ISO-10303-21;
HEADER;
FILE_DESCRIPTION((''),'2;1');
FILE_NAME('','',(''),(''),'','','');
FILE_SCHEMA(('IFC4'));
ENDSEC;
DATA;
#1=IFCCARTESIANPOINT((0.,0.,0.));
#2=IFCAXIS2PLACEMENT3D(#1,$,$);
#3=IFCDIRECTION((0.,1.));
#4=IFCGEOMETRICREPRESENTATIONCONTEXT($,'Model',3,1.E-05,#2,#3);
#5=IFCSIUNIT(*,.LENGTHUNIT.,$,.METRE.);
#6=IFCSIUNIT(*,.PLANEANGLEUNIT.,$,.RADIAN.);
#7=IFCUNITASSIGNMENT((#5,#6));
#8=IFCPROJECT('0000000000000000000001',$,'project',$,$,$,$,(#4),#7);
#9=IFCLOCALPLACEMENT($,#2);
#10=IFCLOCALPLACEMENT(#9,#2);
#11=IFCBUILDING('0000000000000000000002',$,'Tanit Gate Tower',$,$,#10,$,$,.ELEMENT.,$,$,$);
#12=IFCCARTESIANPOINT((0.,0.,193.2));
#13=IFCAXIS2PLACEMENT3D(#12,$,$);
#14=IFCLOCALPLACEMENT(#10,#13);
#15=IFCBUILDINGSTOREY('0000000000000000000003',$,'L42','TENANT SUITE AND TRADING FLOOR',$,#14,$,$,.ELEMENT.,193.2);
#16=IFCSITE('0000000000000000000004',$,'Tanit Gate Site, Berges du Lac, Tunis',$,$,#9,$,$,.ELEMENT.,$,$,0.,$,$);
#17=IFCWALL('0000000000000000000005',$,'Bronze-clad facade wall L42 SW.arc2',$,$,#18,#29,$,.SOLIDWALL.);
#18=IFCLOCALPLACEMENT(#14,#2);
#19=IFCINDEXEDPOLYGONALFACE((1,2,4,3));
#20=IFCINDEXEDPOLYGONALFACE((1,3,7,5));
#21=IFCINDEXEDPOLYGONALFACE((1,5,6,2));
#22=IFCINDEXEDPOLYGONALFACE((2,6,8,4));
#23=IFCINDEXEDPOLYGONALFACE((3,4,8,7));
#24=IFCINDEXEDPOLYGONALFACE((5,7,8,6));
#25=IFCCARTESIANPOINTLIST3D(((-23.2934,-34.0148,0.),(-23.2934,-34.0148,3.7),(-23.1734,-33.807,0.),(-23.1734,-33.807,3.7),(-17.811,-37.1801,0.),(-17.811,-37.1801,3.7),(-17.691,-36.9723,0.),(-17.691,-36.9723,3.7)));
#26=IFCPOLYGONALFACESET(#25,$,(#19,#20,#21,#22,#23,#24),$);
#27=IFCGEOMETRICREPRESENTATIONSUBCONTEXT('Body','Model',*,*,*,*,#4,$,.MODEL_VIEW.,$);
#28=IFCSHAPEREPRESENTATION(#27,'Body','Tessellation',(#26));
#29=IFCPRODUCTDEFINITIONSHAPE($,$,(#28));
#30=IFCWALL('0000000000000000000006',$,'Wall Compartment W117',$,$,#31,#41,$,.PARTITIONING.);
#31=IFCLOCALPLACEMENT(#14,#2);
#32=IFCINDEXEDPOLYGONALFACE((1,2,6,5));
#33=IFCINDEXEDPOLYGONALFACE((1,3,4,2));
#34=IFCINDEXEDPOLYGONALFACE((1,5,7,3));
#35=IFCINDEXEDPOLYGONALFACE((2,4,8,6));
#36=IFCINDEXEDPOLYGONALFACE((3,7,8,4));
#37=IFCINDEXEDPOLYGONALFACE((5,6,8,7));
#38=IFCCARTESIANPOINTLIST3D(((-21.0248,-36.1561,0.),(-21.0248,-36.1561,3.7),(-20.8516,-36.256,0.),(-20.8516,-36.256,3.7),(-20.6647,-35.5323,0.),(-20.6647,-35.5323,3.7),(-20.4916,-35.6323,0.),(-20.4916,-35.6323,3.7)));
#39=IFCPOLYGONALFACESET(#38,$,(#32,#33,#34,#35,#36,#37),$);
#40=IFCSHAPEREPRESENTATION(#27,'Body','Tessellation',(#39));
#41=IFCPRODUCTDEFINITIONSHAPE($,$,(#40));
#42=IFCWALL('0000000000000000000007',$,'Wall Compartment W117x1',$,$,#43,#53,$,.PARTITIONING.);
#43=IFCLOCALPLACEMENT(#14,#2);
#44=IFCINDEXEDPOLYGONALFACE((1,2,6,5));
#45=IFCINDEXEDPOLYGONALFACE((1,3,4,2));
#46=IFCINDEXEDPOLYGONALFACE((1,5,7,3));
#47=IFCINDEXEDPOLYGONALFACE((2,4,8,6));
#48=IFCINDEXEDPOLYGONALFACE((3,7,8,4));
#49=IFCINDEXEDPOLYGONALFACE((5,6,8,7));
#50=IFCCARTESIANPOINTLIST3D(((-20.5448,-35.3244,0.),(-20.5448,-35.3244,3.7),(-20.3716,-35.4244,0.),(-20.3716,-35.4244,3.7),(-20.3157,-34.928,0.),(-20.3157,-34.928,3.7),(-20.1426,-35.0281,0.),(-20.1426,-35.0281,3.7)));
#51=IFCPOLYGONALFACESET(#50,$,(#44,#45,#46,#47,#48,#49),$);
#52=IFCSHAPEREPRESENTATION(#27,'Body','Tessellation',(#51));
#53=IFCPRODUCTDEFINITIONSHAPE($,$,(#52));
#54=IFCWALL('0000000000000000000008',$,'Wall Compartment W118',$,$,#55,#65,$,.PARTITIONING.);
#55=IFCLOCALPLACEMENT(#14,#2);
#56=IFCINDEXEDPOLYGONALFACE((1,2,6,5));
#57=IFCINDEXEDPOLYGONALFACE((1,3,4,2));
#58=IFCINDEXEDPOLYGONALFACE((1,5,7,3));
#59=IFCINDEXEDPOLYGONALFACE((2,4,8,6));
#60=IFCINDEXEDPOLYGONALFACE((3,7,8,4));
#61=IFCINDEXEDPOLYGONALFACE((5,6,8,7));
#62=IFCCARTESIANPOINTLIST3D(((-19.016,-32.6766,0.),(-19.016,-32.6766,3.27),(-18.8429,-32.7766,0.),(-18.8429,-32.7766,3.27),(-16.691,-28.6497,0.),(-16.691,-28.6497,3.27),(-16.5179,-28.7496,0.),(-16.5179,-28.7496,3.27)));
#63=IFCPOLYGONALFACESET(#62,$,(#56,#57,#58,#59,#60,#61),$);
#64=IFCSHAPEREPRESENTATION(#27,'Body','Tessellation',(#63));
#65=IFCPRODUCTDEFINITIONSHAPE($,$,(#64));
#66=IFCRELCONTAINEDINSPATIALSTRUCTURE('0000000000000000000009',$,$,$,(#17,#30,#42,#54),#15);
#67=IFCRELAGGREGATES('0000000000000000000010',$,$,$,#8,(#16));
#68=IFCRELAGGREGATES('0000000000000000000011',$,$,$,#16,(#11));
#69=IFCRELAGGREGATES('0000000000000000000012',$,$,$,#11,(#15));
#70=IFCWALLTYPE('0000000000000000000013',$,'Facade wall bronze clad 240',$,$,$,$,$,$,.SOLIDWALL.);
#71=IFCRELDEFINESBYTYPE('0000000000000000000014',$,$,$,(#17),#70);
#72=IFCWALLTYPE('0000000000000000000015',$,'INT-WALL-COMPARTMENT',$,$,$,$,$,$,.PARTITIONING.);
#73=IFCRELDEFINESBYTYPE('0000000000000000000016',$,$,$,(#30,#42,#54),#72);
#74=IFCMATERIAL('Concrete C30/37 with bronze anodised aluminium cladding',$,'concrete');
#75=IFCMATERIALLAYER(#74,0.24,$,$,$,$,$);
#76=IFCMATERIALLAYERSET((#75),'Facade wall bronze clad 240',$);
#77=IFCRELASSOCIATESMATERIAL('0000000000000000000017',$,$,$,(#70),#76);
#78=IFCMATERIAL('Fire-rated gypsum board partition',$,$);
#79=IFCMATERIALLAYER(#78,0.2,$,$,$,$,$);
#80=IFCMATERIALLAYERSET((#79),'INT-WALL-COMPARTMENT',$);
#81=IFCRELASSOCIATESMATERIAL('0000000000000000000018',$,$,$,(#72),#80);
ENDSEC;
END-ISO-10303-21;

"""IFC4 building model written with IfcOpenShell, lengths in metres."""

from ifc_helpers import new_model, si_unit, direction, frame, frame_2d, origin, place, context, subcontext, project, spatial, rectangle, extrude, material, layer, layer_set, type_object, element, save


model = new_model("IFC4")

# Units and contexts
model_context = context("Model", 3, precision=1e-05, world=origin(), true_north=direction((0.0, 1.0)))
body_context = subcontext(model_context, "Body", "Model", "MODEL_VIEW")
ifc_project = project(units=[si_unit("LENGTHUNIT", "METRE"), si_unit("PLANEANGLEUNIT", "RADIAN")], contexts=[model_context])

# Site, building, storey
site_placement = place(None, origin())
site = spatial("IfcSite", under=ifc_project, at=site_placement, Name="Tanit Gate Site, Berges du Lac, Tunis", CompositionType="ELEMENT", RefElevation=0.0)
building_placement = place(site_placement, origin())
building = spatial("IfcBuilding", under=site, at=building_placement, Name="Tanit Gate Tower", CompositionType="ELEMENT")
storey_placement = place(building_placement, frame((0.0, 0.0, 193.2)))
storey = spatial("IfcBuildingStorey", under=building, at=storey_placement, Name="L42", Description="TENANT SUITE AND TRADING FLOOR", CompositionType="ELEMENT", Elevation=193.2)

# Walls
ifc_material_1 = material(Name="Concrete C30/37 with bronze anodised aluminium cladding", Category="concrete")
ifc_layer_1 = layer(ifc_material_1, 0.24)
ifc_layer_set_1 = layer_set([ifc_layer_1], Name="Facade wall bronze clad 240")
wall_type_1 = type_object("IfcWallType", Name="Facade wall bronze clad 240", PredefinedType="SOLIDWALL", material=ifc_layer_set_1)
wall_1_placement = place(storey_placement, frame((-23.2334, -33.9109, 0.0), z_axis=(0.0, 0.0, 1.0), x_axis=(0.866025, -0.500001, 0.0)))
element("IfcWall", 1, at=wall_1_placement, inside=storey, type_object=wall_type_1, Name="Bronze-clad facade wall L42 SW.arc2", PredefinedType="SOLIDWALL", context=body_context, shape_type="SweptSolid", body=[
    extrude(rectangle(XDim=6.3306, YDim=0.24, at=frame_2d((3.1653, 0.0))), origin(), (0.0, 0.0, 1.0), 3.7),
])
ifc_material_2 = material(Name="Fire-rated gypsum board partition")
ifc_layer_2 = layer(ifc_material_2, 0.2)
ifc_layer_set_2 = layer_set([ifc_layer_2], Name="INT-WALL-COMPARTMENT")
wall_type_2 = type_object("IfcWallType", Name="INT-WALL-COMPARTMENT", PredefinedType="PARTITIONING", material=ifc_layer_set_2)
wall_2_placement = place(storey_placement, frame((-20.9382, -36.2061, 0.0), z_axis=(0.0, 0.0, 1.0), x_axis=(0.499967, 0.866044, 0.0)))
element("IfcWall", 2, at=wall_2_placement, inside=storey, type_object=wall_type_2, Name="Wall Compartment W117", PredefinedType="PARTITIONING", context=body_context, shape_type="SweptSolid", body=[
    extrude(rectangle(XDim=0.7202, YDim=0.2, at=frame_2d((0.3601, 0.0))), origin(), (0.0, 0.0, 1.0), 3.7),
])
wall_3_placement = place(storey_placement, frame((-20.4583, -35.3745, 0.0), z_axis=(0.0, 0.0, 1.0), x_axis=(0.500384, 0.865803, 0.0)))
element("IfcWall", 3, at=wall_3_placement, inside=storey, type_object=wall_type_2, Name="Wall Compartment W117x1", PredefinedType="PARTITIONING", context=body_context, shape_type="SweptSolid", body=[
    extrude(rectangle(XDim=0.4578, YDim=0.2, at=frame_2d((0.229, 0.0))), origin(), (0.0, 0.0, 1.0), 3.7),
])
wall_4_placement = place(storey_placement, frame((-18.9294, -32.7266, 0.0), z_axis=(0.0, 0.0, 1.0), x_axis=(0.500007, 0.866021, 0.0)))
element("IfcWall", 4, at=wall_4_placement, inside=storey, type_object=wall_type_2, Name="Wall Compartment W118", PredefinedType="PARTITIONING", context=body_context, shape_type="SweptSolid", body=[
    extrude(rectangle(XDim=4.6499, YDim=0.2, at=frame_2d((2.325, 0.0))), origin(), (0.0, 0.0, 1.0), 3.27),
])

save(model, "model.ifc")
